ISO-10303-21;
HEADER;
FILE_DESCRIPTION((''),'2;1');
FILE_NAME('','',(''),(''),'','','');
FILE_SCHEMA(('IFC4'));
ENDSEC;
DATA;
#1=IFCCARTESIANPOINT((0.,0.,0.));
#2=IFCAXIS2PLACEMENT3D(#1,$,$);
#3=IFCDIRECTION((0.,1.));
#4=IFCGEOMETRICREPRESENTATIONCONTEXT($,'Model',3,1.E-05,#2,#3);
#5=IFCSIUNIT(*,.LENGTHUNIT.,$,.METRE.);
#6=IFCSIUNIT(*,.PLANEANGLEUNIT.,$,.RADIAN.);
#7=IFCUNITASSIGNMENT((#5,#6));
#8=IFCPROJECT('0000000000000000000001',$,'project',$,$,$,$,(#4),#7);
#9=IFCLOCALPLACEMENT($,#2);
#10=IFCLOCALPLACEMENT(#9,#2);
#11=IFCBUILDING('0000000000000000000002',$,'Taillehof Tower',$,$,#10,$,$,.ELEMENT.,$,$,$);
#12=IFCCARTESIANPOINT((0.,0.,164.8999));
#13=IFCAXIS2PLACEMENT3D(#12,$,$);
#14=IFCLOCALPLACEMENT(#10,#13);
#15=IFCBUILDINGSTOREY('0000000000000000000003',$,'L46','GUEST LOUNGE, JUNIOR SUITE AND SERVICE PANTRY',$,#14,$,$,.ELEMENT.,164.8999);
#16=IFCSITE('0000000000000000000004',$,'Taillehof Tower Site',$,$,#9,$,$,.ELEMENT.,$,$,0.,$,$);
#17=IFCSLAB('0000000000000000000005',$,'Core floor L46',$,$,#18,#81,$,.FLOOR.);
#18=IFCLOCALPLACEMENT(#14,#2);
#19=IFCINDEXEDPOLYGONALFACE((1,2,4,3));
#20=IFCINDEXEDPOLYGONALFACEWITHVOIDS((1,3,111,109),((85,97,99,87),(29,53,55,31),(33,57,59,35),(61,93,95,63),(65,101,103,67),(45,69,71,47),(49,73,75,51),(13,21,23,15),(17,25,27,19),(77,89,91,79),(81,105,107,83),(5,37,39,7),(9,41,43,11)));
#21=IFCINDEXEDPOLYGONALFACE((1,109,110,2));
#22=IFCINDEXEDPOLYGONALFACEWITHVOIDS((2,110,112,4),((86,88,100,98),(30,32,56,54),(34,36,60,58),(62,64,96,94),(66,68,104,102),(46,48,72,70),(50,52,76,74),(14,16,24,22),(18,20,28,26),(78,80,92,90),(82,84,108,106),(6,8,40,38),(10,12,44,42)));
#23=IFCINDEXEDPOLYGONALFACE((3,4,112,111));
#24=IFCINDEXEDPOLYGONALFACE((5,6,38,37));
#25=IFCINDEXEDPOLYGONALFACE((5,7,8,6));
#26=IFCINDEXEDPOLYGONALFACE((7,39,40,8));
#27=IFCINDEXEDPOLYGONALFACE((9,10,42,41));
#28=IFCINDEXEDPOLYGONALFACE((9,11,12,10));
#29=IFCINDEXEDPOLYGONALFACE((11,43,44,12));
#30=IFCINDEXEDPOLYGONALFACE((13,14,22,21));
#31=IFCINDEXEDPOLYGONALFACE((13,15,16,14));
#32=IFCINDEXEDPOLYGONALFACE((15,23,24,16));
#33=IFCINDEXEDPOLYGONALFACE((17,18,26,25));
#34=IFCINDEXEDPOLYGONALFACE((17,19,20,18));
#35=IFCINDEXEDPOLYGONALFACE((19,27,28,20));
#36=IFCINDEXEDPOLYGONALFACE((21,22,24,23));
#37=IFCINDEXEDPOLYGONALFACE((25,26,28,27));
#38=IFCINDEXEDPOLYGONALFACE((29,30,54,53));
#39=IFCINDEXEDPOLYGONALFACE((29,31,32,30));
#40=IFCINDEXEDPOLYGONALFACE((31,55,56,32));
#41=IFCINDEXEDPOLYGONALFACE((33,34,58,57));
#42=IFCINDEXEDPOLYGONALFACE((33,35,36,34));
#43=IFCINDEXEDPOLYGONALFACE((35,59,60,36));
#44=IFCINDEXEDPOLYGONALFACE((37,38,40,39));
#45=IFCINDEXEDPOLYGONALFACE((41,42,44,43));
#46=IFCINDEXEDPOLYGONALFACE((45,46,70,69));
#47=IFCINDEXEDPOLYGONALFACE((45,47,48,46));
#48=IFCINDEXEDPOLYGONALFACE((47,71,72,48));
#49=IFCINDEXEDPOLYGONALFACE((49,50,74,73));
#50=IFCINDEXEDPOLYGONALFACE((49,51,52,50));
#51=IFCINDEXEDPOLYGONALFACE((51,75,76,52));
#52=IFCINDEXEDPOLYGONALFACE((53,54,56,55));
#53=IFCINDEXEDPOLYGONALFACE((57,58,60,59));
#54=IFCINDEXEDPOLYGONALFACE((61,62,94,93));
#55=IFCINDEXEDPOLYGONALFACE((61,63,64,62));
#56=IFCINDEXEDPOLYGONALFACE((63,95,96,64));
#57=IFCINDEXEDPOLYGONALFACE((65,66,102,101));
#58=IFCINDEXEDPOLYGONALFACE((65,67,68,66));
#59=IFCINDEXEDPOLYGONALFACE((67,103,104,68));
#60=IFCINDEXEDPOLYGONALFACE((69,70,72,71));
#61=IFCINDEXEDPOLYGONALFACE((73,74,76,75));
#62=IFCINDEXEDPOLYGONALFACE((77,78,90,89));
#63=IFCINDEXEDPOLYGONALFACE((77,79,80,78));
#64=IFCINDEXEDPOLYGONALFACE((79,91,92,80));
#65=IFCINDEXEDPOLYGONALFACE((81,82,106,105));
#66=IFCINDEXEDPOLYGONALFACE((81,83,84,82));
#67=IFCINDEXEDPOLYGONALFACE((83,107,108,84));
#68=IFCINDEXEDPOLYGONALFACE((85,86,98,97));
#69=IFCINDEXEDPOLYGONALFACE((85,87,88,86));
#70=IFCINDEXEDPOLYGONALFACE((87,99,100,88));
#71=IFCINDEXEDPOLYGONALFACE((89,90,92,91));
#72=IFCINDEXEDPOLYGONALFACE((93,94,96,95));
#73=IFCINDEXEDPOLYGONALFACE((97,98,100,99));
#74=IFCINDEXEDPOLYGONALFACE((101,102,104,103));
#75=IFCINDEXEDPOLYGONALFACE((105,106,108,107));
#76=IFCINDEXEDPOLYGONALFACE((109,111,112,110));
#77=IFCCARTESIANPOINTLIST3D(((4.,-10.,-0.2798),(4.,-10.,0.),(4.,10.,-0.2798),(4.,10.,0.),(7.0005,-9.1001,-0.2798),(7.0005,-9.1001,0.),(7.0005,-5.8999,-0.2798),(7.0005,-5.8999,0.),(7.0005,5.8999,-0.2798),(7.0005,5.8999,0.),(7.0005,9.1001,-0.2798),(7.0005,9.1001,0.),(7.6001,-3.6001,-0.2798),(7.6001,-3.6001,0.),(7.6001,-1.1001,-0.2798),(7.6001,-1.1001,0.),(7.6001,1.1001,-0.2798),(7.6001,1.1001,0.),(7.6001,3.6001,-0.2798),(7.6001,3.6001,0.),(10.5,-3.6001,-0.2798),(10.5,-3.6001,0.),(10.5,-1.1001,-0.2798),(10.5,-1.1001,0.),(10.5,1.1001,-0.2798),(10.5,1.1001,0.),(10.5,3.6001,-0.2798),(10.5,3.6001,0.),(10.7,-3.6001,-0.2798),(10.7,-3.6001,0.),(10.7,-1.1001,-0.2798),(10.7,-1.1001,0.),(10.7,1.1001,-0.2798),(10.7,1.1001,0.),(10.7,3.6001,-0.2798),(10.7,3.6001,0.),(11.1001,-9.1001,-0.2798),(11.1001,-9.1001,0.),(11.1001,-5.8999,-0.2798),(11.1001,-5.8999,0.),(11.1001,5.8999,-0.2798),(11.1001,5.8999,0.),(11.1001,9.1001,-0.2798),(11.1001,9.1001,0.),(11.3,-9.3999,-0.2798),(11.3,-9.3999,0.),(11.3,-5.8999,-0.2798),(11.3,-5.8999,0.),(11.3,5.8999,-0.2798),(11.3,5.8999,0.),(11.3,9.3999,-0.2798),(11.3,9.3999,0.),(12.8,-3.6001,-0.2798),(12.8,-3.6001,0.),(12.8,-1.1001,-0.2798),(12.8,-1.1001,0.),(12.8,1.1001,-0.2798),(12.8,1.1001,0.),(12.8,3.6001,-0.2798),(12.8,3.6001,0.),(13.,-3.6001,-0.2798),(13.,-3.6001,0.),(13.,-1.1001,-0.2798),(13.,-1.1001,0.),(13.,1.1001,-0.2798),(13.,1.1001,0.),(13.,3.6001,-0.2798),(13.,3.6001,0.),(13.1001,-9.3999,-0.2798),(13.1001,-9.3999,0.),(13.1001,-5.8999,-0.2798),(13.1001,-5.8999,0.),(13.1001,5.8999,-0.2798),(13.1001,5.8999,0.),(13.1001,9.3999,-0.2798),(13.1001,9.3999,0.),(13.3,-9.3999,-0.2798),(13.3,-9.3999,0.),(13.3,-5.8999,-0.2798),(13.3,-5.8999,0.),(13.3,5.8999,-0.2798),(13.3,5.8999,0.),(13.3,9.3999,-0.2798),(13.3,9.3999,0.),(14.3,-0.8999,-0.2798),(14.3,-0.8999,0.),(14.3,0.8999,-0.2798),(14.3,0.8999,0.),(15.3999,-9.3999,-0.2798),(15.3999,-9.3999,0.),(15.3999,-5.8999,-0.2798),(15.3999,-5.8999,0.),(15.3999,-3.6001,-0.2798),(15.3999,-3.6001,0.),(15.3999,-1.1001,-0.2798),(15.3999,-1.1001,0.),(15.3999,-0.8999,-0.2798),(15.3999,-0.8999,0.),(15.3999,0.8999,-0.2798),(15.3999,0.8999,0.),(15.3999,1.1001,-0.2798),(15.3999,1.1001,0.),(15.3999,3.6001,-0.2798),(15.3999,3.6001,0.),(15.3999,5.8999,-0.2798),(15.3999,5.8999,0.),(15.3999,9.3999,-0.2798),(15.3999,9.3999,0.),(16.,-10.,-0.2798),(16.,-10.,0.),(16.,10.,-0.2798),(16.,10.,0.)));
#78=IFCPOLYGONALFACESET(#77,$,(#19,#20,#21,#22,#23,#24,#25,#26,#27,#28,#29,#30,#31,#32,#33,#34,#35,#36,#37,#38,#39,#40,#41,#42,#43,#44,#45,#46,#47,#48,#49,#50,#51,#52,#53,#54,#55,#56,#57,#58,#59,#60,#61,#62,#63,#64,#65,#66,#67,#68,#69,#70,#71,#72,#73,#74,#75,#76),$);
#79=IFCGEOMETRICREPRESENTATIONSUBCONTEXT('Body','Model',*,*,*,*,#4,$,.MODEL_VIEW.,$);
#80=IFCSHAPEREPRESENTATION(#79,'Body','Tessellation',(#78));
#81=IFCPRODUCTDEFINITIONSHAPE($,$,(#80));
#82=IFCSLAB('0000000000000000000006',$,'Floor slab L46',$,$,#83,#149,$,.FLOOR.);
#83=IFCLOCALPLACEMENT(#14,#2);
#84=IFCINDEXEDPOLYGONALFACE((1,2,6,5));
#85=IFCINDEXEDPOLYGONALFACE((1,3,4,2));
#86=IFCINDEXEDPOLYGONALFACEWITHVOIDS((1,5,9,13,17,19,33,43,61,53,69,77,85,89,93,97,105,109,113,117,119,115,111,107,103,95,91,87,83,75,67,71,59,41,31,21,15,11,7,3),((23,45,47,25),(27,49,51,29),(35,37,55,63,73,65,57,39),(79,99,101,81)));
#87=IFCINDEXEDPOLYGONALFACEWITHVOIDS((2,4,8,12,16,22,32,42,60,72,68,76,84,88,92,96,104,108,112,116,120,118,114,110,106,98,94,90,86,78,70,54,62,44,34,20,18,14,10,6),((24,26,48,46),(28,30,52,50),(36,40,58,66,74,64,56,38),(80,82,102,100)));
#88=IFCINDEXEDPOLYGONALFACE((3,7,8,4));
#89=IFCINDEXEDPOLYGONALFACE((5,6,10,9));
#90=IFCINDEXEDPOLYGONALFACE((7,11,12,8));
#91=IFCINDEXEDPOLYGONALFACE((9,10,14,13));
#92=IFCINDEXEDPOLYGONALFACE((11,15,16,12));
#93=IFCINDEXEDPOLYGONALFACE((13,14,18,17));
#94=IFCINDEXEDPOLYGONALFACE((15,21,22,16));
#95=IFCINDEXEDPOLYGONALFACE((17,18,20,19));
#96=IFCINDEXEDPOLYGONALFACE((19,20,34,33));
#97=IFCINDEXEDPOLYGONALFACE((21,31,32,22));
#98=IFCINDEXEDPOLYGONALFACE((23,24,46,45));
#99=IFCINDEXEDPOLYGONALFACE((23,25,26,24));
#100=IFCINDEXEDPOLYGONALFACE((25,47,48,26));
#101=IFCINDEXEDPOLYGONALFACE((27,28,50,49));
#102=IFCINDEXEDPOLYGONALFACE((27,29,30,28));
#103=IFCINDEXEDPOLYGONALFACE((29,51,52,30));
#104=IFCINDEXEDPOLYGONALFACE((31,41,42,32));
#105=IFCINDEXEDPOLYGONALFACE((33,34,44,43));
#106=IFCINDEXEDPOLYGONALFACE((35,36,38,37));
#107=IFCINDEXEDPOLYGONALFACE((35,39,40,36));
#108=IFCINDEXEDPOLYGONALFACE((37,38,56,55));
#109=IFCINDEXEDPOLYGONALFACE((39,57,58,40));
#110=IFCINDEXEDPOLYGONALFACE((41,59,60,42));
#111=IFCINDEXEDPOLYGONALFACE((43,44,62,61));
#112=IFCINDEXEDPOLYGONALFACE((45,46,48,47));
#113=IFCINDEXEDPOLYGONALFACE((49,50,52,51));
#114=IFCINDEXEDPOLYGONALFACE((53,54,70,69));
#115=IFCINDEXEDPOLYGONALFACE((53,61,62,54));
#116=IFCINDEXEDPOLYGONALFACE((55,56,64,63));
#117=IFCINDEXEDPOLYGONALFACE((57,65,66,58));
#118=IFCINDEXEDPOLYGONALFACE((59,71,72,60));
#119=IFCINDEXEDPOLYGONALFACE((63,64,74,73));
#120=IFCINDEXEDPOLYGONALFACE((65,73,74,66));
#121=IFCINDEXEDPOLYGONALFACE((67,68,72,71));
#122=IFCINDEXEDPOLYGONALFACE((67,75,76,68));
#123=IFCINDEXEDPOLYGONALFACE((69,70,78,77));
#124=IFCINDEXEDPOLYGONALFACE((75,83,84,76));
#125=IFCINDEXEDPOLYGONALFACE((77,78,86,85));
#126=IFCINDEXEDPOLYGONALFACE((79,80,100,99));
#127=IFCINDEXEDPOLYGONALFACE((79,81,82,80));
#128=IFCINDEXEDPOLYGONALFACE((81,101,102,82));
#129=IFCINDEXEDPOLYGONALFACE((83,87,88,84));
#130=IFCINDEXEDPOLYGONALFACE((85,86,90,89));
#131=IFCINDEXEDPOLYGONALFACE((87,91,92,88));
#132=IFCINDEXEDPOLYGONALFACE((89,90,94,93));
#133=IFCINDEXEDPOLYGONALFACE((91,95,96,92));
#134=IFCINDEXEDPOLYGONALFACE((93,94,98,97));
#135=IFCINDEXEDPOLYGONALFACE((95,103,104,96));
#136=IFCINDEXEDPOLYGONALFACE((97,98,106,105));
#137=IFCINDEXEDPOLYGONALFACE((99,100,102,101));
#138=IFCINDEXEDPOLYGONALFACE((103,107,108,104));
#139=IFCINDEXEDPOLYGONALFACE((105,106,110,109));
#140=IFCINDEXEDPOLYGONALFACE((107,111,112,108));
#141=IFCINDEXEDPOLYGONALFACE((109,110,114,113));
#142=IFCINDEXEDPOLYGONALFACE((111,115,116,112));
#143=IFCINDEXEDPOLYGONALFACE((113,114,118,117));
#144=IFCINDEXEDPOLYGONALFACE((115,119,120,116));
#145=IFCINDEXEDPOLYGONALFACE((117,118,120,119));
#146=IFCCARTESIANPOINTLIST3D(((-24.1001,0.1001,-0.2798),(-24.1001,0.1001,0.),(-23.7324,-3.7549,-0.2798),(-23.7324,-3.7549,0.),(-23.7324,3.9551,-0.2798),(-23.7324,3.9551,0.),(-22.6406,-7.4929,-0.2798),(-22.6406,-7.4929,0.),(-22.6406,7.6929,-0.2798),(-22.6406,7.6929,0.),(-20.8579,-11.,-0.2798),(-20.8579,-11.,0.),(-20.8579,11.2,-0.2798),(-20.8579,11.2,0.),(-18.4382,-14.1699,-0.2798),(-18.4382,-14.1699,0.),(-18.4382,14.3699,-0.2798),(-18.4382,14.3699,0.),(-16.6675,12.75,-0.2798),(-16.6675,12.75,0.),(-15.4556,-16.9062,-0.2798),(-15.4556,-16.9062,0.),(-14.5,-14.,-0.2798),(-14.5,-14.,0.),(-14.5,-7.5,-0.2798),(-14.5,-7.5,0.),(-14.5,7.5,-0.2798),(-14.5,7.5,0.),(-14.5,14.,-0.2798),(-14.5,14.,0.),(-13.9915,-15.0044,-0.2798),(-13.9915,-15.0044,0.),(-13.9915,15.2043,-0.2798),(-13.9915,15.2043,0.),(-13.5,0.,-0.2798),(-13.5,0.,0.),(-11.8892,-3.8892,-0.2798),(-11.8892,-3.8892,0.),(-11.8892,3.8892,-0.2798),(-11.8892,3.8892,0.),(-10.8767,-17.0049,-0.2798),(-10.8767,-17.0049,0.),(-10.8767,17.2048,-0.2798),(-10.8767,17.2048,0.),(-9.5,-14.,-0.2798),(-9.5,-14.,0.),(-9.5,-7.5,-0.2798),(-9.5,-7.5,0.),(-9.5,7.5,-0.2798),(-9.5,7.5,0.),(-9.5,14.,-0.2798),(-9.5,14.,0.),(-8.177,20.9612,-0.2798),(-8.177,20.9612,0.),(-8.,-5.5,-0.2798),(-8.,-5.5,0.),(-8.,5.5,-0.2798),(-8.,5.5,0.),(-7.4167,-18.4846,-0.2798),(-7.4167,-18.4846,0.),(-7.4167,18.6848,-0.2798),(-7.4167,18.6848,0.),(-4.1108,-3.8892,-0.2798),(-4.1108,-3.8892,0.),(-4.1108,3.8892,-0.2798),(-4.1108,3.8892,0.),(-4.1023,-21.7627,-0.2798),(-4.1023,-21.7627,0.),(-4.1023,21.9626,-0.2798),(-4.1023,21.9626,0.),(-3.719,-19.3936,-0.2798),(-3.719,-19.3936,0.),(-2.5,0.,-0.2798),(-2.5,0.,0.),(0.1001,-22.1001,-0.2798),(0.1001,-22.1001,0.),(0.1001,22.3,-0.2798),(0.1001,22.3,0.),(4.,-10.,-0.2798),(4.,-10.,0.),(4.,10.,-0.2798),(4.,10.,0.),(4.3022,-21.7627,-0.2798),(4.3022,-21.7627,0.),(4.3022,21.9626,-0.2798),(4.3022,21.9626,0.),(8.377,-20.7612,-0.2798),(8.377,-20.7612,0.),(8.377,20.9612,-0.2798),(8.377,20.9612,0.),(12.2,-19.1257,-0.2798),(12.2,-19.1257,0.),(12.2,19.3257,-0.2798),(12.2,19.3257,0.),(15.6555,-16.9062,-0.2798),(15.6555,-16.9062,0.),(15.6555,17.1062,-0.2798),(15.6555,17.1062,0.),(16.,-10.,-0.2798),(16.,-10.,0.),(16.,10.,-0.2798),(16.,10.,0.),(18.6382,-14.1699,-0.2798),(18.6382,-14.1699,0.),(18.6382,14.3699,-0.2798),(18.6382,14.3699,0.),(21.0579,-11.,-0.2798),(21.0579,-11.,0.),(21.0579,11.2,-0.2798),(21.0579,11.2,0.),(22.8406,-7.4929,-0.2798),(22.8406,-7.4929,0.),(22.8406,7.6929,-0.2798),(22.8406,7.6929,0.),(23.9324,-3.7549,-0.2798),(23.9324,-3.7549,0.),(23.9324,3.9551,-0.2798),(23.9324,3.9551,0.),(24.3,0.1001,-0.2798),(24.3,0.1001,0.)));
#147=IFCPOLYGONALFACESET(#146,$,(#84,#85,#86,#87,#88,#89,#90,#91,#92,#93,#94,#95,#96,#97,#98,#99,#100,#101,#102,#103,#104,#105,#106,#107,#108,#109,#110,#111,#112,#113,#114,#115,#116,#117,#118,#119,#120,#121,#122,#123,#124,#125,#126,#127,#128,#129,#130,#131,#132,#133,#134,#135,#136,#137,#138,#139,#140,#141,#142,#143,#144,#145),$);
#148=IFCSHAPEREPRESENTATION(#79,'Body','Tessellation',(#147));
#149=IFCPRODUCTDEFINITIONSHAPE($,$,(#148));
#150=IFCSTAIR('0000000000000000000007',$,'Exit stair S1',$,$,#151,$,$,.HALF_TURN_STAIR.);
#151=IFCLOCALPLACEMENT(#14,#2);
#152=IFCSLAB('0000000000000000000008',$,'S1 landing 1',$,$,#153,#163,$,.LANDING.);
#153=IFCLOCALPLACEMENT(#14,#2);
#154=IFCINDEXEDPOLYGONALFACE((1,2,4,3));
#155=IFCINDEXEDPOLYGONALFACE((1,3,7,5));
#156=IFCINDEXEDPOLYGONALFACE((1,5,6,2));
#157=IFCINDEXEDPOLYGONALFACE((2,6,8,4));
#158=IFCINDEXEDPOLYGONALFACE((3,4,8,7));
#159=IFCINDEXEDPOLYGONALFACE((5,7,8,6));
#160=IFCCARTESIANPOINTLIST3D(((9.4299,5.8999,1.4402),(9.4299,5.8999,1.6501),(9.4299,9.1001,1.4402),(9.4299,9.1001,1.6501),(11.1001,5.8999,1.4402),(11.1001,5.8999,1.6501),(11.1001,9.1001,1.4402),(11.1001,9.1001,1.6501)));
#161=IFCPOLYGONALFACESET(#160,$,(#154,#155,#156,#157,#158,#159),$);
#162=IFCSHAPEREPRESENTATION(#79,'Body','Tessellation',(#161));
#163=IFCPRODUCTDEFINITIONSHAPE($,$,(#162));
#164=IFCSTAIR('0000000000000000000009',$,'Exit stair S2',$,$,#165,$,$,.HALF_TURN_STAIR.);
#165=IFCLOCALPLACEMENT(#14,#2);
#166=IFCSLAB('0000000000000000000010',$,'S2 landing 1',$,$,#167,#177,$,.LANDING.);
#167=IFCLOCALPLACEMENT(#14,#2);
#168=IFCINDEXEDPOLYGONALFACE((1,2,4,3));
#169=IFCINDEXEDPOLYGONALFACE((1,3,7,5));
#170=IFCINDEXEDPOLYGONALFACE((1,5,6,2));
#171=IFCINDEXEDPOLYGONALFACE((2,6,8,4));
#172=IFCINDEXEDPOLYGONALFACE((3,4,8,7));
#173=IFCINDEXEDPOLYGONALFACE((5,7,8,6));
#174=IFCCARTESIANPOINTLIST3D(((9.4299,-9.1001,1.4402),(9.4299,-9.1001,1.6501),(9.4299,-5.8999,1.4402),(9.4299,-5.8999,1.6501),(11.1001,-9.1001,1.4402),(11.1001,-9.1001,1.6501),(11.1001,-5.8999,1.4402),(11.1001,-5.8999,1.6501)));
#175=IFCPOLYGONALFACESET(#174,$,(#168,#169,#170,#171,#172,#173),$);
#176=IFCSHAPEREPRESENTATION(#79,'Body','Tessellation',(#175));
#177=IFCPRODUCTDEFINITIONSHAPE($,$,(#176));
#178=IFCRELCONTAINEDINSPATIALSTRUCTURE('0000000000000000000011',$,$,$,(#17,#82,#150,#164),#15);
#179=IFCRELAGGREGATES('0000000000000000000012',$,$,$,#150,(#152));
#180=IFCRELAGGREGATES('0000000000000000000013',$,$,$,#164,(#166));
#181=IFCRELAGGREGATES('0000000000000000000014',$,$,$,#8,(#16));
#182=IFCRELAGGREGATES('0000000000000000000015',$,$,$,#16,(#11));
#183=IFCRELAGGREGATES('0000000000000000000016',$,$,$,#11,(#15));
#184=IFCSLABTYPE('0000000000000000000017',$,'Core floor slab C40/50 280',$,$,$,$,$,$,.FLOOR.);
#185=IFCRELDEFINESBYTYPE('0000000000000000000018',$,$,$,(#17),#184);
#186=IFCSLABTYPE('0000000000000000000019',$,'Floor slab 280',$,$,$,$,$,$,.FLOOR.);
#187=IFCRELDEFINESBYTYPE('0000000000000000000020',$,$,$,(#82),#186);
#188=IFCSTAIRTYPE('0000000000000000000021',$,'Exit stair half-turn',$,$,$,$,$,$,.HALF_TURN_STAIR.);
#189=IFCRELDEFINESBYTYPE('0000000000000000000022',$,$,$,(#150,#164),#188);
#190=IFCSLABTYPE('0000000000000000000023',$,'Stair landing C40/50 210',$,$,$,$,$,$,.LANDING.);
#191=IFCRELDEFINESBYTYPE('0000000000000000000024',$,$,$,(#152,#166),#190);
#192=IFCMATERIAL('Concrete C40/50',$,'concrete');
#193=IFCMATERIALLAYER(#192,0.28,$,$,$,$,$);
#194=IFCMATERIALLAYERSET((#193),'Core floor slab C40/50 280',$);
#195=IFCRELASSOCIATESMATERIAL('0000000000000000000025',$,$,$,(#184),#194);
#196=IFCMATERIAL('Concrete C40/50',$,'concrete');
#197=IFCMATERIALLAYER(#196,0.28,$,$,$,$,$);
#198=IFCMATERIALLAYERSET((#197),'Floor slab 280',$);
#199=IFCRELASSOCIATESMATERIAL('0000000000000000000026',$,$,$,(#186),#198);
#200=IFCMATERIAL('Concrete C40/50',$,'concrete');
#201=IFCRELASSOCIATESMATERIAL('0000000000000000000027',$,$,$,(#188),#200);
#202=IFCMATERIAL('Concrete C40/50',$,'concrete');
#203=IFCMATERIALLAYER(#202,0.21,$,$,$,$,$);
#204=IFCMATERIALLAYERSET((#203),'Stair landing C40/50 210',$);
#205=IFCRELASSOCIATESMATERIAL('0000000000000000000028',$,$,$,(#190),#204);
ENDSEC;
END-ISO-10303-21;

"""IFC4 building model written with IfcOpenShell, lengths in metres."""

from ifc_helpers import new_model, si_unit, direction, frame, origin, place, context, subcontext, project, spatial, polyline, outline, extrude, material, layer, layer_set, type_object, element, aggregate, save


model = new_model("IFC4")

# Units and contexts
model_context = context("Model", 3, precision=1e-05, world=origin(), true_north=direction((0.0, 1.0)))
body_context = subcontext(model_context, "Body", "Model", "MODEL_VIEW")
ifc_project = project(units=[si_unit("LENGTHUNIT", "METRE"), si_unit("PLANEANGLEUNIT", "RADIAN")], contexts=[model_context])

# Site, building, storey
site_placement = place(None, origin())
site = spatial("IfcSite", under=ifc_project, at=site_placement, Name="Taillehof Tower Site", CompositionType="ELEMENT", RefElevation=0.0)
building_placement = place(site_placement, origin())
building = spatial("IfcBuilding", under=site, at=building_placement, Name="Taillehof Tower", CompositionType="ELEMENT")
storey_placement = place(building_placement, frame((0.0, 0.0, 164.8999)))
storey = spatial("IfcBuildingStorey", under=building, at=storey_placement, Name="L46", Description="GUEST LOUNGE, JUNIOR SUITE AND SERVICE PANTRY", CompositionType="ELEMENT", Elevation=164.8999)

# Slabs
ifc_material_1 = material(Name="Concrete C40/50", Category="concrete")
ifc_layer_1 = layer(ifc_material_1, 0.28)
ifc_layer_set_1 = layer_set([ifc_layer_1], Name="Core floor slab C40/50 280")
slab_type_1 = type_object("IfcSlabType", Name="Core floor slab C40/50 280", PredefinedType="FLOOR", material=ifc_layer_set_1)
slab_1_placement = place(storey_placement, frame((0.0, 0.0, -0.2798)))
element("IfcSlab", 1, at=slab_1_placement, inside=storey, type_object=slab_type_1, Name="Core floor L46", PredefinedType="FLOOR", context=body_context, shape_type="SweptSolid", body=[
    extrude(outline(polyline([(4.0, -10.0), (4.0, 10.0), (16.0, 10.0), (16.0, -10.0), (4.0, -10.0)]), holes=[polyline([(11.1001, -9.1001), (11.1001, -5.8999), (7.0005, -5.8999), (7.0005, -9.1001), (11.1001, -9.1001)]), polyline([(10.5, -3.6001), (10.5, -1.1001), (7.6001, -1.1001), (7.6001, -3.6001), (10.5, -3.6001)]), polyline([(12.8, -3.6001), (12.8, -1.1001), (10.7, -1.1001), (10.7, -3.6001), (12.8, -3.6001)]), polyline([(10.5, 3.6001), (7.6001, 3.6001), (7.6001, 1.1001), (10.5, 1.1001), (10.5, 3.6001)]), polyline([(12.8, 1.1001), (12.8, 3.6001), (10.7, 3.6001), (10.7, 1.1001), (12.8, 1.1001)]), polyline([(11.1001, 5.8999), (11.1001, 9.1001), (7.0005, 9.1001), (7.0005, 5.8999), (11.1001, 5.8999)]), polyline([(13.1001, 9.3999), (11.3, 9.3999), (11.3, 5.8999), (13.1001, 5.8999), (13.1001, 9.3999)]), polyline([(13.1001, -9.3999), (13.1001, -5.8999), (11.3, -5.8999), (11.3, -9.3999), (13.1001, -9.3999)]), polyline([(15.3999, -9.3999), (15.3999, -5.8999), (13.3, -5.8999), (13.3, -9.3999), (15.3999, -9.3999)]), polyline([(15.3999, -3.6001), (15.3999, -1.1001), (13.0, -1.1001), (13.0, -3.6001), (15.3999, -3.6001)]), polyline([(15.3999, -0.8999), (15.3999, 0.8999), (14.3, 0.8999), (14.3, -0.8999), (15.3999, -0.8999)]), polyline([(15.3999, 1.1001), (15.3999, 3.6001), (13.0, 3.6001), (13.0, 1.1001), (15.3999, 1.1001)]), polyline([(15.3999, 5.8999), (15.3999, 9.3999), (13.3, 9.3999), (13.3, 5.8999), (15.3999, 5.8999)])]), origin(), (0.0, 0.0, 1.0), 0.2798),
])
ifc_material_2 = material(Name="Concrete C40/50", Category="concrete")
ifc_layer_2 = layer(ifc_material_2, 0.28)
ifc_layer_set_2 = layer_set([ifc_layer_2], Name="Floor slab 280")
slab_type_2 = type_object("IfcSlabType", Name="Floor slab 280", PredefinedType="FLOOR", material=ifc_layer_set_2)
slab_2_placement = place(storey_placement, frame((0.0, 0.0, -0.2798)))
element("IfcSlab", 2, at=slab_2_placement, inside=storey, type_object=slab_type_2, Name="Floor slab L46", PredefinedType="FLOOR", context=body_context, shape_type="SweptSolid", body=[
    extrude(outline(polyline([(24.3, 0.1001), (23.9324, 3.9551), (22.8406, 7.6929), (21.0579, 11.2), (18.6382, 14.3699), (15.6555, 17.1062), (12.2, 19.3257), (8.377, 20.9612), (4.3022, 21.9626), (0.1001, 22.3), (-4.1023, 21.9626), (-8.177, 20.9612), (-7.4167, 18.6848), (-10.8767, 17.2048), (-13.9915, 15.2043), (-16.6675, 12.75), (-18.4382, 14.3699), (-20.8579, 11.2), (-22.6406, 7.6929), (-23.7324, 3.9551), (-24.1001, 0.1001), (-23.7324, -3.7549), (-22.6406, -7.4929), (-20.8579, -11.0), (-18.4382, -14.1699), (-15.4556, -16.9062), (-13.9915, -15.0044), (-10.8767, -17.0049), (-7.4167, -18.4846), (-3.719, -19.3936), (-4.1023, -21.7627), (0.1001, -22.1001), (4.3022, -21.7627), (8.377, -20.7612), (12.2, -19.1257), (15.6555, -16.9062), (18.6382, -14.1699), (21.0579, -11.0), (22.8406, -7.4929), (23.9324, -3.7549), (24.3, 0.1001)]), holes=[polyline([(-14.5, -7.5), (-9.5, -7.5), (-9.5, -14.0), (-14.5, -14.0), (-14.5, -7.5)]), polyline([(-8.0, -5.5), (-11.8892, -3.8892), (-13.5, 0.0), (-11.8892, 3.8892), (-8.0, 5.5), (-4.1108, 3.8892), (-2.5, 0.0), (-4.1108, -3.8892), (-8.0, -5.5)]), polyline([(16.0, 10.0), (16.0, -10.0), (4.0, -10.0), (4.0, 10.0), (16.0, 10.0)]), polyline([(-14.5, 14.0), (-9.5, 14.0), (-9.5, 7.5), (-14.5, 7.5), (-14.5, 14.0)])]), origin(), (0.0, 0.0, 1.0), 0.2798),
])

# Stairs, slabs
ifc_material_3 = material(Name="Concrete C40/50", Category="concrete")
stair_type = type_object("IfcStairType", Name="Exit stair half-turn", PredefinedType="HALF_TURN_STAIR", material=ifc_material_3)
stair_1_placement = place(storey_placement, origin())
stair_1 = element("IfcStair", 3, at=stair_1_placement, inside=storey, type_object=stair_type, Name="Exit stair S1", PredefinedType="HALF_TURN_STAIR")
ifc_material_4 = material(Name="Concrete C40/50", Category="concrete")
ifc_layer_3 = layer(ifc_material_4, 0.21)
ifc_layer_set_3 = layer_set([ifc_layer_3], Name="Stair landing C40/50 210")
slab_type_3 = type_object("IfcSlabType", Name="Stair landing C40/50 210", PredefinedType="LANDING", material=ifc_layer_set_3)
slab_3_placement = place(storey_placement, frame((0.0, 0.0, 1.4402)))
slab_3 = element("IfcSlab", 4, at=slab_3_placement, type_object=slab_type_3, Name="S1 landing 1", PredefinedType="LANDING", context=body_context, shape_type="SweptSolid", body=[
    extrude(outline(polyline([(9.4299, 5.8999), (11.1001, 5.8999), (11.1001, 9.1001), (9.4299, 9.1001), (9.4299, 5.8999)])), origin(), (0.0, 0.0, 1.0), 0.21),
])
aggregate(stair_1, [slab_3])
stair_2_placement = place(storey_placement, origin())
stair_2 = element("IfcStair", 5, at=stair_2_placement, inside=storey, type_object=stair_type, Name="Exit stair S2", PredefinedType="HALF_TURN_STAIR")
slab_4_placement = place(storey_placement, frame((0.0, 0.0, 1.4402)))
slab_4 = element("IfcSlab", 6, at=slab_4_placement, type_object=slab_type_3, Name="S2 landing 1", PredefinedType="LANDING", context=body_context, shape_type="SweptSolid", body=[
    extrude(outline(polyline([(9.4299, -5.8999), (11.1001, -5.8999), (11.1001, -9.1001), (9.4299, -9.1001), (9.4299, -5.8999)])), origin(), (0.0, 0.0, 1.0), 0.21),
])

aggregate(stair_2, [slab_4])

save(model, "model.ifc")
